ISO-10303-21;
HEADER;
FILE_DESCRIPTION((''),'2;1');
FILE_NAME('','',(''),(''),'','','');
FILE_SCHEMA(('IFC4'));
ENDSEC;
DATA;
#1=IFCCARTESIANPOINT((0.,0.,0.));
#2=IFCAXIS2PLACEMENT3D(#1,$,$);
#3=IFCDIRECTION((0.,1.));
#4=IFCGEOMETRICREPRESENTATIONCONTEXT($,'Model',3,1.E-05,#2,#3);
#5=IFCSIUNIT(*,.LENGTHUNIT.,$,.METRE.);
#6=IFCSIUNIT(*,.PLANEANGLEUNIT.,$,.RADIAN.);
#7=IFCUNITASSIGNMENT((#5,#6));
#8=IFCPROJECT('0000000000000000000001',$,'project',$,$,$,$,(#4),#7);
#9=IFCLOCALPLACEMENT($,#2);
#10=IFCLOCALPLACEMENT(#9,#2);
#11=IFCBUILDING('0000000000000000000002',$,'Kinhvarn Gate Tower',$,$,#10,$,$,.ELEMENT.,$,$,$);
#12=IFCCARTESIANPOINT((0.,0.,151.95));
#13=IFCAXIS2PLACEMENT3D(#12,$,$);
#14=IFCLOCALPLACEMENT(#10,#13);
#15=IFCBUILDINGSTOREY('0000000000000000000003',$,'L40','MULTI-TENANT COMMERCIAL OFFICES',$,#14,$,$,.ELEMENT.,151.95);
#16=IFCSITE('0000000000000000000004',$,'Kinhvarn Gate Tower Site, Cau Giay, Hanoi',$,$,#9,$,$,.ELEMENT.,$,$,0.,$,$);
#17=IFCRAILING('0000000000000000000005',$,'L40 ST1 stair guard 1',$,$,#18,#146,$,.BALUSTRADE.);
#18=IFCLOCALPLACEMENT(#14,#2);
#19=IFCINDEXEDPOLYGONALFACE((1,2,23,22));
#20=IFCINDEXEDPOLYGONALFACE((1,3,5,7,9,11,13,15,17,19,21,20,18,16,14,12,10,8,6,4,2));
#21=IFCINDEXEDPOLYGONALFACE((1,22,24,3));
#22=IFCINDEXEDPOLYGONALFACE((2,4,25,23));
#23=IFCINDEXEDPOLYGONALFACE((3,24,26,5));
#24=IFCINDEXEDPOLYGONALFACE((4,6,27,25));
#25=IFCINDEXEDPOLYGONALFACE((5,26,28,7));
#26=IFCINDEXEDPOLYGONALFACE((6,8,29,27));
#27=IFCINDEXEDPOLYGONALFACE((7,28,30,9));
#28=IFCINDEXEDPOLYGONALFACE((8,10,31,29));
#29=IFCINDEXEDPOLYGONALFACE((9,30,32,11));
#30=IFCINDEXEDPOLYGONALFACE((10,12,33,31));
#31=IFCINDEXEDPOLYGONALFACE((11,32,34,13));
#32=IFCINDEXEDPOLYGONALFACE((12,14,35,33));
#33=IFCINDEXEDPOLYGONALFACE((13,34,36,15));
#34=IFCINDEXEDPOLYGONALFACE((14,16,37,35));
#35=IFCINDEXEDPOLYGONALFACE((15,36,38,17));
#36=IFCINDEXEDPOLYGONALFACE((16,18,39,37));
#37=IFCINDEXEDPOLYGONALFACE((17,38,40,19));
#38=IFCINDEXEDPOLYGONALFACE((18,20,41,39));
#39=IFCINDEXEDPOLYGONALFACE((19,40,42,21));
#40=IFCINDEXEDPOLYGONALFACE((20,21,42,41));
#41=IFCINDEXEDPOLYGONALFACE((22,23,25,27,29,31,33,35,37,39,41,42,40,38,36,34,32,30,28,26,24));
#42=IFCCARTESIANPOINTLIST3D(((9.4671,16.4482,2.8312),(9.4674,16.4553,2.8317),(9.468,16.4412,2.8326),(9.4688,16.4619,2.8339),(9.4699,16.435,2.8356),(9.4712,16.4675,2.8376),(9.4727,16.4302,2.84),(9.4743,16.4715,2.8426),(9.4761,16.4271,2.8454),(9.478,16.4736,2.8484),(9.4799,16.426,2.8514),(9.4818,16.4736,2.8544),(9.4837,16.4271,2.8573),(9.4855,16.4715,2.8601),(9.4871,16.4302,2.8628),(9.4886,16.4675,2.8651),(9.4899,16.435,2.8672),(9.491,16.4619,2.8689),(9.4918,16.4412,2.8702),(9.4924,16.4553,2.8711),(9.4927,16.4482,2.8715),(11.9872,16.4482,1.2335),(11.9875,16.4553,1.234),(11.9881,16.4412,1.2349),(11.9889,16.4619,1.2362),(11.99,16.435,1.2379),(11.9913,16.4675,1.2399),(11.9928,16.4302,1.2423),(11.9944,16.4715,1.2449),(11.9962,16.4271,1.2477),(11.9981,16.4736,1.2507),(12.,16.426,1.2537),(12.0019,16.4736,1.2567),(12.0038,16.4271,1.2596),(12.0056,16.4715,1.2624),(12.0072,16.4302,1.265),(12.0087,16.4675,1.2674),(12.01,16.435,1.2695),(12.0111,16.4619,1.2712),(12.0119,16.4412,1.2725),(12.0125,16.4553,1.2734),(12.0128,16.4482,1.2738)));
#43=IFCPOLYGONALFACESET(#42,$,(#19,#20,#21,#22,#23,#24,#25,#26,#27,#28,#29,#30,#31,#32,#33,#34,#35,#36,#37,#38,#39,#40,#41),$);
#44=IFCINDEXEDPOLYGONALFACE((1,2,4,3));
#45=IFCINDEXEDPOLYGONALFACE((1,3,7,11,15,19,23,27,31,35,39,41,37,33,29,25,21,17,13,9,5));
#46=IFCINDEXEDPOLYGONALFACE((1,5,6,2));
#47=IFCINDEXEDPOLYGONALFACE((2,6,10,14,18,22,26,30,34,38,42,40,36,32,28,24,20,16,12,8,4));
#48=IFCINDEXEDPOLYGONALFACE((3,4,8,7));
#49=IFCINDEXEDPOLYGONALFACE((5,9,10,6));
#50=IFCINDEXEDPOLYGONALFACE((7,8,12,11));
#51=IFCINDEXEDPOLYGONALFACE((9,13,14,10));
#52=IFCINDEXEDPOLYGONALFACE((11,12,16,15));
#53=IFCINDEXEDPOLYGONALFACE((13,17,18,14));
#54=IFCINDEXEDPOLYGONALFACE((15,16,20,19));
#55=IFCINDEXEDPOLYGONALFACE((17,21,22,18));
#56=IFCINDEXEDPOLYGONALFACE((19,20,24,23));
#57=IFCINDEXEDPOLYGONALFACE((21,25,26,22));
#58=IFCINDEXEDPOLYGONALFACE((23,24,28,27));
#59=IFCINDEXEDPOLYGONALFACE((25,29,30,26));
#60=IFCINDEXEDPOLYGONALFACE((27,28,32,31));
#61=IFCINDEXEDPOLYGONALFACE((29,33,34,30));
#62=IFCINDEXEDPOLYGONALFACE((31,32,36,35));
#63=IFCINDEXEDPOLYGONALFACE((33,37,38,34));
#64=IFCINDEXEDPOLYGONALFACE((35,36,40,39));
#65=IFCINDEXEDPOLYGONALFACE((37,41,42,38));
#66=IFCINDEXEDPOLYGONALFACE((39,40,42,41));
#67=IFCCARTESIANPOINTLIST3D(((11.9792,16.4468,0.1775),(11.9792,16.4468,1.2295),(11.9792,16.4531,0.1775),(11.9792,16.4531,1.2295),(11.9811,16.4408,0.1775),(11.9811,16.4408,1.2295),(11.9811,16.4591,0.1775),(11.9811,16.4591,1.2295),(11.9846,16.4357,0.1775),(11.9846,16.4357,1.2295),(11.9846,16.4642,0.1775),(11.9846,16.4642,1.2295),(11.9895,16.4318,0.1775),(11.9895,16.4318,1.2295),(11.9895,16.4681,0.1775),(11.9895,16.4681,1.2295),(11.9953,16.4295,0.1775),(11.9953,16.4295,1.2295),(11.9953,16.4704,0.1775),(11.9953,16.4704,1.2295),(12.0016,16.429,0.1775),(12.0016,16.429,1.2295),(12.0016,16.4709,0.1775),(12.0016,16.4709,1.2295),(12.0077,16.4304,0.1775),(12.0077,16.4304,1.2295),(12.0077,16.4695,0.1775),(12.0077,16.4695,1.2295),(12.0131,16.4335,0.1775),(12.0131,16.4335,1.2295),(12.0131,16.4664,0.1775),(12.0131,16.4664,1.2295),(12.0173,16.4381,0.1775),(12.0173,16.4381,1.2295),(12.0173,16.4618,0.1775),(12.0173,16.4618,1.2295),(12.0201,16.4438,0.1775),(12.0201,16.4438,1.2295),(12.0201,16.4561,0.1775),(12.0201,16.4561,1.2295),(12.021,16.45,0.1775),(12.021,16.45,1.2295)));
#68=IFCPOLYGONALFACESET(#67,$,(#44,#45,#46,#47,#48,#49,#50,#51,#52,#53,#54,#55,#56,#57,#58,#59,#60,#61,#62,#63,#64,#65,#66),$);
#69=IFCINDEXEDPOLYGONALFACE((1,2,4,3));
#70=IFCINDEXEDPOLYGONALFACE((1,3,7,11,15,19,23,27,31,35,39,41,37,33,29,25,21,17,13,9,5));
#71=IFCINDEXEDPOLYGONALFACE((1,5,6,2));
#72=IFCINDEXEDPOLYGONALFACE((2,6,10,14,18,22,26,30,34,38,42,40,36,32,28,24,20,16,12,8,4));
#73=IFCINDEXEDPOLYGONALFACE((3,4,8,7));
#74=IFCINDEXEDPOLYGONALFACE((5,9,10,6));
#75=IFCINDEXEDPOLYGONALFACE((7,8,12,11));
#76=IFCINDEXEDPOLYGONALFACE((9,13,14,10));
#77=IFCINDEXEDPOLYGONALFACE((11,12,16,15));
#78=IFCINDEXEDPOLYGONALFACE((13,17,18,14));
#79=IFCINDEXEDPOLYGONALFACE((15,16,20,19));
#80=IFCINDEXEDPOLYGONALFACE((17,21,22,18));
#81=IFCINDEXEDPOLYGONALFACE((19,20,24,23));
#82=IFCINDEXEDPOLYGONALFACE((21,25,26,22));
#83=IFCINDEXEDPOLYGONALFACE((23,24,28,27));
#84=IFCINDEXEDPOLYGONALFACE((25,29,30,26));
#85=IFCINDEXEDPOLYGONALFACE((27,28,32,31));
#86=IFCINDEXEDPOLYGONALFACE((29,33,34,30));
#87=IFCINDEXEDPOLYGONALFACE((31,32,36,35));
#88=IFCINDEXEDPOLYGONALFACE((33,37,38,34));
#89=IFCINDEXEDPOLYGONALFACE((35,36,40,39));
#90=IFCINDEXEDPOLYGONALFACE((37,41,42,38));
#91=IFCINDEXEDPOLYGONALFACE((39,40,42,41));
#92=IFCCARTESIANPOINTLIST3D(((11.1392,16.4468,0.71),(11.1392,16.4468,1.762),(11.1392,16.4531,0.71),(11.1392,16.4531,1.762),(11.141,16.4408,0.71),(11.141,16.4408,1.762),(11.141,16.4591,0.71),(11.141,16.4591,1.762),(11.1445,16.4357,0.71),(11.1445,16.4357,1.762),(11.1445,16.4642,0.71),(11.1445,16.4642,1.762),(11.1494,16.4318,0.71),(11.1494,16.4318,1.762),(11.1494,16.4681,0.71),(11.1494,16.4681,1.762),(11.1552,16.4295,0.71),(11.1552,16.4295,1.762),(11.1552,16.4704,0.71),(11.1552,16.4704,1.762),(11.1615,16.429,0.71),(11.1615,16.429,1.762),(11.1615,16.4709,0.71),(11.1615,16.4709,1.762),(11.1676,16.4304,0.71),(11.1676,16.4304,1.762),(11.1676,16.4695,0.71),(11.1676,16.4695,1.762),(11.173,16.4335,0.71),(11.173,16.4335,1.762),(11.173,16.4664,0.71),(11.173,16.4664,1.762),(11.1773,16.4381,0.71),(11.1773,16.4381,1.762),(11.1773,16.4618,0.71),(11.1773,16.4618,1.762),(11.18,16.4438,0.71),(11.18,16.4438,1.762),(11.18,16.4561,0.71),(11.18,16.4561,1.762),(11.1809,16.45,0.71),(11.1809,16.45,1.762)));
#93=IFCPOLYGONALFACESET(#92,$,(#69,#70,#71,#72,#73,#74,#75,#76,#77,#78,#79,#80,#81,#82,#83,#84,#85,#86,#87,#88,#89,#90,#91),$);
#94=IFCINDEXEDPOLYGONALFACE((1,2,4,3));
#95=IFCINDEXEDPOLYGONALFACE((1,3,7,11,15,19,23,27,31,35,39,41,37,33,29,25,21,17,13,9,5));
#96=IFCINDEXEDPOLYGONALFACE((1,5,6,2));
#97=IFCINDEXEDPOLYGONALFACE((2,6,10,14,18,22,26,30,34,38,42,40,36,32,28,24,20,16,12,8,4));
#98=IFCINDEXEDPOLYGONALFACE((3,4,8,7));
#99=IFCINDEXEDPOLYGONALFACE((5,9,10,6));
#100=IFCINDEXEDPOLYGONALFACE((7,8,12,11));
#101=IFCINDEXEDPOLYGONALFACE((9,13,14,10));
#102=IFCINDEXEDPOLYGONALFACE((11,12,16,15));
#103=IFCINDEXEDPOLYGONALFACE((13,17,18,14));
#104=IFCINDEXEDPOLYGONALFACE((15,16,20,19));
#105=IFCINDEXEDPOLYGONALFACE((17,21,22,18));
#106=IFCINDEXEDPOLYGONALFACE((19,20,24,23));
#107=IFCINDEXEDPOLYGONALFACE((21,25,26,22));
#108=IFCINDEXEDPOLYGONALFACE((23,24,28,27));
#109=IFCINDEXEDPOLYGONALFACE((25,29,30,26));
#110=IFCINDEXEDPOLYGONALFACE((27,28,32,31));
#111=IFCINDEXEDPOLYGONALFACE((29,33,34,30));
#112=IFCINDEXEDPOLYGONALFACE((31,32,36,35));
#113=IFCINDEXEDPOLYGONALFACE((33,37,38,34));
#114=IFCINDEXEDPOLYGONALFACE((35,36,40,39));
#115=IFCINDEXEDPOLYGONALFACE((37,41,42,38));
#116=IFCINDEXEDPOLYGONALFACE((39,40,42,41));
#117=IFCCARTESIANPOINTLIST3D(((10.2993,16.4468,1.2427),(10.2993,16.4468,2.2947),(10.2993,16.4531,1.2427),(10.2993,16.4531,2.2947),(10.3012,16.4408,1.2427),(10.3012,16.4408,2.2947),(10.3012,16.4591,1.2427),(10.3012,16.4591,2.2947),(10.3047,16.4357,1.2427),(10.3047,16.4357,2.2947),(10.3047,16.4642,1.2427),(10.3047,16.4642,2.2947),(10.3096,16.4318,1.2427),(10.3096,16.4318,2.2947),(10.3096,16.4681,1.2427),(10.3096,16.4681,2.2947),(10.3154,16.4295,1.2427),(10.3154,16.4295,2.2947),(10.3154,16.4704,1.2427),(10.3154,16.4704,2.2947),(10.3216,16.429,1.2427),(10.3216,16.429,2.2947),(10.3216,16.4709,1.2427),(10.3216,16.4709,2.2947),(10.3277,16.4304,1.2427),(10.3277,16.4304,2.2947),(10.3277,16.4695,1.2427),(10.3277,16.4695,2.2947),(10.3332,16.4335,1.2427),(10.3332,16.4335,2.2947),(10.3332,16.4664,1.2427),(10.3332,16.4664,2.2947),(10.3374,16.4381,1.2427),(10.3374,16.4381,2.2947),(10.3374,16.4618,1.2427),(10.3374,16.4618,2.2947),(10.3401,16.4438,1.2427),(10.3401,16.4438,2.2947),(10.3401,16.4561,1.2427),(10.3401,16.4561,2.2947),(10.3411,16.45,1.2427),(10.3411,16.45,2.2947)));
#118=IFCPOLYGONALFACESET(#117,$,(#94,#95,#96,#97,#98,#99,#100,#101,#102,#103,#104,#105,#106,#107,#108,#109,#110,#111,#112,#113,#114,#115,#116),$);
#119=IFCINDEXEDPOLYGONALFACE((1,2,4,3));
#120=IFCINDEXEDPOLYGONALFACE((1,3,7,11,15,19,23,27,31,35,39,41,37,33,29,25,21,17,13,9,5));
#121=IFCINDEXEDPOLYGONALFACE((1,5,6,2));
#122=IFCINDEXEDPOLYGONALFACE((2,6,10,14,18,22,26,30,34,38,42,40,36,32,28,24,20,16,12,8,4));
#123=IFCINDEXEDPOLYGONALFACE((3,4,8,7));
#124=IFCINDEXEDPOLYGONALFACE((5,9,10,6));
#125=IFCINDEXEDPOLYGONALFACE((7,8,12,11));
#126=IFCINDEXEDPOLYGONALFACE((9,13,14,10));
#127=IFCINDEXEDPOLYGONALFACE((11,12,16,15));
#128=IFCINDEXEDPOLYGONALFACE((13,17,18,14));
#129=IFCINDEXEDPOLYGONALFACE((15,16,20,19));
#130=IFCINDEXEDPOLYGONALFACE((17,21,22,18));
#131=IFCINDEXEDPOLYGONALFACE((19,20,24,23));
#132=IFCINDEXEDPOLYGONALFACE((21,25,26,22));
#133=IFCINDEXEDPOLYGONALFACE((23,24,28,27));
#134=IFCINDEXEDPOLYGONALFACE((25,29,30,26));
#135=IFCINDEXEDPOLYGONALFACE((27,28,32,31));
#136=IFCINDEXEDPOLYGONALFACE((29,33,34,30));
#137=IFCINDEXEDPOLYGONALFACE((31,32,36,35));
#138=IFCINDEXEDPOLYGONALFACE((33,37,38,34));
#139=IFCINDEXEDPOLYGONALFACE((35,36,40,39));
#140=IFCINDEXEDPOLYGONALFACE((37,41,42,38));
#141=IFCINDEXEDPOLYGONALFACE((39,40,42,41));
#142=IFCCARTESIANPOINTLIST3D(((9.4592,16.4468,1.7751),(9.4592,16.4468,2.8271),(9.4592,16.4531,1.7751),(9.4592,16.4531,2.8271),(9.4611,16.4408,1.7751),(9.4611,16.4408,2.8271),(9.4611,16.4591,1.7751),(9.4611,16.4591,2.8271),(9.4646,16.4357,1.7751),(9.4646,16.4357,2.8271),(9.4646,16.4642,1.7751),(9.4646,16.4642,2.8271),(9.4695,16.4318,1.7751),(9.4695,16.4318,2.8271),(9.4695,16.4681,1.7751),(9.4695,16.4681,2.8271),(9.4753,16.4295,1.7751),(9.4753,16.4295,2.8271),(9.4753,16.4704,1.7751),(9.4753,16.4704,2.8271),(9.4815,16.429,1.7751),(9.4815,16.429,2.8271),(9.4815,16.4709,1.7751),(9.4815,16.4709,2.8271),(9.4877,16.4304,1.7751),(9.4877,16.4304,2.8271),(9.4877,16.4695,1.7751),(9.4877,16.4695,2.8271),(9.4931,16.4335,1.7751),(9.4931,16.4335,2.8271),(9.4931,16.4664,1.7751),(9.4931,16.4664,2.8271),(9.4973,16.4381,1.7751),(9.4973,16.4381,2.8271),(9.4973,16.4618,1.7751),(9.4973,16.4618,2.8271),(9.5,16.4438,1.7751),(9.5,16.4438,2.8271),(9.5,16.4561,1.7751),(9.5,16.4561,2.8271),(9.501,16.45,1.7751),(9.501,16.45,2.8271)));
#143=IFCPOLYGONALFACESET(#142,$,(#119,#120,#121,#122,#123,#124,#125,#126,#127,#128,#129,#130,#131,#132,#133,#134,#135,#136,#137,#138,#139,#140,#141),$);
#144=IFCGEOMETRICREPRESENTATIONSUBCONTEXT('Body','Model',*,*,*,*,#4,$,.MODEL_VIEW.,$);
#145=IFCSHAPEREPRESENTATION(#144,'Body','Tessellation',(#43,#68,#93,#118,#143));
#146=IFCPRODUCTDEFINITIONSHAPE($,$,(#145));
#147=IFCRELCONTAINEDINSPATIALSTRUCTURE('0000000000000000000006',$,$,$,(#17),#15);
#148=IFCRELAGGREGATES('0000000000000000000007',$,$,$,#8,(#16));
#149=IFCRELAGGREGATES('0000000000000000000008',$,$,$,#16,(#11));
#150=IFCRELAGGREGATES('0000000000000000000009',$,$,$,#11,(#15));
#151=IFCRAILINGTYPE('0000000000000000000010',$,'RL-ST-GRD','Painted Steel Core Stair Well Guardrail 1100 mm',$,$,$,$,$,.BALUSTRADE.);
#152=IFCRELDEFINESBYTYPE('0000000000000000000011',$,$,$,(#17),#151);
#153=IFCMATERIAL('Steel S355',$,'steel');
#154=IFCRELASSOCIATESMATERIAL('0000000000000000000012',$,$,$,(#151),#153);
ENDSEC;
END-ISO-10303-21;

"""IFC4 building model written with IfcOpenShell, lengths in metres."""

from ifc_helpers import new_model, si_unit, direction, frame, origin, origin_2d, place, context, subcontext, project, spatial, circle, extrude, material, type_object, element, save


model = new_model("IFC4")

# Units and contexts
model_context = context("Model", 3, precision=1e-05, world=origin(), true_north=direction((0.0, 1.0)))
body_context = subcontext(model_context, "Body", "Model", "MODEL_VIEW")
ifc_project = project(units=[si_unit("LENGTHUNIT", "METRE"), si_unit("PLANEANGLEUNIT", "RADIAN")], contexts=[model_context])

# Site, building, storey
site_placement = place(None, origin())
site = spatial("IfcSite", under=ifc_project, at=site_placement, Name="Kinhvarn Gate Tower Site, Cau Giay, Hanoi", CompositionType="ELEMENT", RefElevation=0.0)
building_placement = place(site_placement, origin())
building = spatial("IfcBuilding", under=site, at=building_placement, Name="Kinhvarn Gate Tower", CompositionType="ELEMENT")
storey_placement = place(building_placement, frame((0.0, 0.0, 151.95)))
storey = spatial("IfcBuildingStorey", under=building, at=storey_placement, Name="L40", Description="MULTI-TENANT COMMERCIAL OFFICES", CompositionType="ELEMENT", Elevation=151.95)

# Shared definitions
ifc_material_1 = material(Name="Steel S355", Category="steel")

# Railing
railing_type_1 = type_object("IfcRailingType", Name="RL-ST-GRD", Description="Painted Steel Core Stair Well Guardrail 1100 mm", PredefinedType="BALUSTRADE", material=ifc_material_1)
railing_1_placement = place(storey_placement, frame((12.0, 16.45, 0.1775)))
element("IfcRailing", 1, at=railing_1_placement, inside=storey, type_object=railing_type_1, Name="L40 ST1 stair guard 1", PredefinedType="BALUSTRADE", context=body_context, shape_type="SweptSolid", body=[
    extrude(circle(Radius=0.0239, at=origin_2d()), frame((0.0, 0.0, 1.0762), z_axis=(-0.84457, 0.0, 0.535445), x_axis=(0.0, -1.0, 0.0)), (0.0, 0.0, 1.0), 2.9839),
    extrude(circle(Radius=0.021, at=origin_2d()), origin(), (0.0, 0.0, 1.0), 1.052),
    extrude(circle(Radius=0.021, at=origin_2d()), frame((-0.8401, 0.0, 0.5325)), (0.0, 0.0, 1.0), 1.052),
    extrude(circle(Radius=0.021, at=origin_2d()), frame((-1.6799, 0.0, 1.0652)), (0.0, 0.0, 1.0), 1.052),
    extrude(circle(Radius=0.021, at=origin_2d()), frame((-2.52, 0.0, 1.5977)), (0.0, 0.0, 1.0), 1.052),
])

save(model, "model.ifc")
